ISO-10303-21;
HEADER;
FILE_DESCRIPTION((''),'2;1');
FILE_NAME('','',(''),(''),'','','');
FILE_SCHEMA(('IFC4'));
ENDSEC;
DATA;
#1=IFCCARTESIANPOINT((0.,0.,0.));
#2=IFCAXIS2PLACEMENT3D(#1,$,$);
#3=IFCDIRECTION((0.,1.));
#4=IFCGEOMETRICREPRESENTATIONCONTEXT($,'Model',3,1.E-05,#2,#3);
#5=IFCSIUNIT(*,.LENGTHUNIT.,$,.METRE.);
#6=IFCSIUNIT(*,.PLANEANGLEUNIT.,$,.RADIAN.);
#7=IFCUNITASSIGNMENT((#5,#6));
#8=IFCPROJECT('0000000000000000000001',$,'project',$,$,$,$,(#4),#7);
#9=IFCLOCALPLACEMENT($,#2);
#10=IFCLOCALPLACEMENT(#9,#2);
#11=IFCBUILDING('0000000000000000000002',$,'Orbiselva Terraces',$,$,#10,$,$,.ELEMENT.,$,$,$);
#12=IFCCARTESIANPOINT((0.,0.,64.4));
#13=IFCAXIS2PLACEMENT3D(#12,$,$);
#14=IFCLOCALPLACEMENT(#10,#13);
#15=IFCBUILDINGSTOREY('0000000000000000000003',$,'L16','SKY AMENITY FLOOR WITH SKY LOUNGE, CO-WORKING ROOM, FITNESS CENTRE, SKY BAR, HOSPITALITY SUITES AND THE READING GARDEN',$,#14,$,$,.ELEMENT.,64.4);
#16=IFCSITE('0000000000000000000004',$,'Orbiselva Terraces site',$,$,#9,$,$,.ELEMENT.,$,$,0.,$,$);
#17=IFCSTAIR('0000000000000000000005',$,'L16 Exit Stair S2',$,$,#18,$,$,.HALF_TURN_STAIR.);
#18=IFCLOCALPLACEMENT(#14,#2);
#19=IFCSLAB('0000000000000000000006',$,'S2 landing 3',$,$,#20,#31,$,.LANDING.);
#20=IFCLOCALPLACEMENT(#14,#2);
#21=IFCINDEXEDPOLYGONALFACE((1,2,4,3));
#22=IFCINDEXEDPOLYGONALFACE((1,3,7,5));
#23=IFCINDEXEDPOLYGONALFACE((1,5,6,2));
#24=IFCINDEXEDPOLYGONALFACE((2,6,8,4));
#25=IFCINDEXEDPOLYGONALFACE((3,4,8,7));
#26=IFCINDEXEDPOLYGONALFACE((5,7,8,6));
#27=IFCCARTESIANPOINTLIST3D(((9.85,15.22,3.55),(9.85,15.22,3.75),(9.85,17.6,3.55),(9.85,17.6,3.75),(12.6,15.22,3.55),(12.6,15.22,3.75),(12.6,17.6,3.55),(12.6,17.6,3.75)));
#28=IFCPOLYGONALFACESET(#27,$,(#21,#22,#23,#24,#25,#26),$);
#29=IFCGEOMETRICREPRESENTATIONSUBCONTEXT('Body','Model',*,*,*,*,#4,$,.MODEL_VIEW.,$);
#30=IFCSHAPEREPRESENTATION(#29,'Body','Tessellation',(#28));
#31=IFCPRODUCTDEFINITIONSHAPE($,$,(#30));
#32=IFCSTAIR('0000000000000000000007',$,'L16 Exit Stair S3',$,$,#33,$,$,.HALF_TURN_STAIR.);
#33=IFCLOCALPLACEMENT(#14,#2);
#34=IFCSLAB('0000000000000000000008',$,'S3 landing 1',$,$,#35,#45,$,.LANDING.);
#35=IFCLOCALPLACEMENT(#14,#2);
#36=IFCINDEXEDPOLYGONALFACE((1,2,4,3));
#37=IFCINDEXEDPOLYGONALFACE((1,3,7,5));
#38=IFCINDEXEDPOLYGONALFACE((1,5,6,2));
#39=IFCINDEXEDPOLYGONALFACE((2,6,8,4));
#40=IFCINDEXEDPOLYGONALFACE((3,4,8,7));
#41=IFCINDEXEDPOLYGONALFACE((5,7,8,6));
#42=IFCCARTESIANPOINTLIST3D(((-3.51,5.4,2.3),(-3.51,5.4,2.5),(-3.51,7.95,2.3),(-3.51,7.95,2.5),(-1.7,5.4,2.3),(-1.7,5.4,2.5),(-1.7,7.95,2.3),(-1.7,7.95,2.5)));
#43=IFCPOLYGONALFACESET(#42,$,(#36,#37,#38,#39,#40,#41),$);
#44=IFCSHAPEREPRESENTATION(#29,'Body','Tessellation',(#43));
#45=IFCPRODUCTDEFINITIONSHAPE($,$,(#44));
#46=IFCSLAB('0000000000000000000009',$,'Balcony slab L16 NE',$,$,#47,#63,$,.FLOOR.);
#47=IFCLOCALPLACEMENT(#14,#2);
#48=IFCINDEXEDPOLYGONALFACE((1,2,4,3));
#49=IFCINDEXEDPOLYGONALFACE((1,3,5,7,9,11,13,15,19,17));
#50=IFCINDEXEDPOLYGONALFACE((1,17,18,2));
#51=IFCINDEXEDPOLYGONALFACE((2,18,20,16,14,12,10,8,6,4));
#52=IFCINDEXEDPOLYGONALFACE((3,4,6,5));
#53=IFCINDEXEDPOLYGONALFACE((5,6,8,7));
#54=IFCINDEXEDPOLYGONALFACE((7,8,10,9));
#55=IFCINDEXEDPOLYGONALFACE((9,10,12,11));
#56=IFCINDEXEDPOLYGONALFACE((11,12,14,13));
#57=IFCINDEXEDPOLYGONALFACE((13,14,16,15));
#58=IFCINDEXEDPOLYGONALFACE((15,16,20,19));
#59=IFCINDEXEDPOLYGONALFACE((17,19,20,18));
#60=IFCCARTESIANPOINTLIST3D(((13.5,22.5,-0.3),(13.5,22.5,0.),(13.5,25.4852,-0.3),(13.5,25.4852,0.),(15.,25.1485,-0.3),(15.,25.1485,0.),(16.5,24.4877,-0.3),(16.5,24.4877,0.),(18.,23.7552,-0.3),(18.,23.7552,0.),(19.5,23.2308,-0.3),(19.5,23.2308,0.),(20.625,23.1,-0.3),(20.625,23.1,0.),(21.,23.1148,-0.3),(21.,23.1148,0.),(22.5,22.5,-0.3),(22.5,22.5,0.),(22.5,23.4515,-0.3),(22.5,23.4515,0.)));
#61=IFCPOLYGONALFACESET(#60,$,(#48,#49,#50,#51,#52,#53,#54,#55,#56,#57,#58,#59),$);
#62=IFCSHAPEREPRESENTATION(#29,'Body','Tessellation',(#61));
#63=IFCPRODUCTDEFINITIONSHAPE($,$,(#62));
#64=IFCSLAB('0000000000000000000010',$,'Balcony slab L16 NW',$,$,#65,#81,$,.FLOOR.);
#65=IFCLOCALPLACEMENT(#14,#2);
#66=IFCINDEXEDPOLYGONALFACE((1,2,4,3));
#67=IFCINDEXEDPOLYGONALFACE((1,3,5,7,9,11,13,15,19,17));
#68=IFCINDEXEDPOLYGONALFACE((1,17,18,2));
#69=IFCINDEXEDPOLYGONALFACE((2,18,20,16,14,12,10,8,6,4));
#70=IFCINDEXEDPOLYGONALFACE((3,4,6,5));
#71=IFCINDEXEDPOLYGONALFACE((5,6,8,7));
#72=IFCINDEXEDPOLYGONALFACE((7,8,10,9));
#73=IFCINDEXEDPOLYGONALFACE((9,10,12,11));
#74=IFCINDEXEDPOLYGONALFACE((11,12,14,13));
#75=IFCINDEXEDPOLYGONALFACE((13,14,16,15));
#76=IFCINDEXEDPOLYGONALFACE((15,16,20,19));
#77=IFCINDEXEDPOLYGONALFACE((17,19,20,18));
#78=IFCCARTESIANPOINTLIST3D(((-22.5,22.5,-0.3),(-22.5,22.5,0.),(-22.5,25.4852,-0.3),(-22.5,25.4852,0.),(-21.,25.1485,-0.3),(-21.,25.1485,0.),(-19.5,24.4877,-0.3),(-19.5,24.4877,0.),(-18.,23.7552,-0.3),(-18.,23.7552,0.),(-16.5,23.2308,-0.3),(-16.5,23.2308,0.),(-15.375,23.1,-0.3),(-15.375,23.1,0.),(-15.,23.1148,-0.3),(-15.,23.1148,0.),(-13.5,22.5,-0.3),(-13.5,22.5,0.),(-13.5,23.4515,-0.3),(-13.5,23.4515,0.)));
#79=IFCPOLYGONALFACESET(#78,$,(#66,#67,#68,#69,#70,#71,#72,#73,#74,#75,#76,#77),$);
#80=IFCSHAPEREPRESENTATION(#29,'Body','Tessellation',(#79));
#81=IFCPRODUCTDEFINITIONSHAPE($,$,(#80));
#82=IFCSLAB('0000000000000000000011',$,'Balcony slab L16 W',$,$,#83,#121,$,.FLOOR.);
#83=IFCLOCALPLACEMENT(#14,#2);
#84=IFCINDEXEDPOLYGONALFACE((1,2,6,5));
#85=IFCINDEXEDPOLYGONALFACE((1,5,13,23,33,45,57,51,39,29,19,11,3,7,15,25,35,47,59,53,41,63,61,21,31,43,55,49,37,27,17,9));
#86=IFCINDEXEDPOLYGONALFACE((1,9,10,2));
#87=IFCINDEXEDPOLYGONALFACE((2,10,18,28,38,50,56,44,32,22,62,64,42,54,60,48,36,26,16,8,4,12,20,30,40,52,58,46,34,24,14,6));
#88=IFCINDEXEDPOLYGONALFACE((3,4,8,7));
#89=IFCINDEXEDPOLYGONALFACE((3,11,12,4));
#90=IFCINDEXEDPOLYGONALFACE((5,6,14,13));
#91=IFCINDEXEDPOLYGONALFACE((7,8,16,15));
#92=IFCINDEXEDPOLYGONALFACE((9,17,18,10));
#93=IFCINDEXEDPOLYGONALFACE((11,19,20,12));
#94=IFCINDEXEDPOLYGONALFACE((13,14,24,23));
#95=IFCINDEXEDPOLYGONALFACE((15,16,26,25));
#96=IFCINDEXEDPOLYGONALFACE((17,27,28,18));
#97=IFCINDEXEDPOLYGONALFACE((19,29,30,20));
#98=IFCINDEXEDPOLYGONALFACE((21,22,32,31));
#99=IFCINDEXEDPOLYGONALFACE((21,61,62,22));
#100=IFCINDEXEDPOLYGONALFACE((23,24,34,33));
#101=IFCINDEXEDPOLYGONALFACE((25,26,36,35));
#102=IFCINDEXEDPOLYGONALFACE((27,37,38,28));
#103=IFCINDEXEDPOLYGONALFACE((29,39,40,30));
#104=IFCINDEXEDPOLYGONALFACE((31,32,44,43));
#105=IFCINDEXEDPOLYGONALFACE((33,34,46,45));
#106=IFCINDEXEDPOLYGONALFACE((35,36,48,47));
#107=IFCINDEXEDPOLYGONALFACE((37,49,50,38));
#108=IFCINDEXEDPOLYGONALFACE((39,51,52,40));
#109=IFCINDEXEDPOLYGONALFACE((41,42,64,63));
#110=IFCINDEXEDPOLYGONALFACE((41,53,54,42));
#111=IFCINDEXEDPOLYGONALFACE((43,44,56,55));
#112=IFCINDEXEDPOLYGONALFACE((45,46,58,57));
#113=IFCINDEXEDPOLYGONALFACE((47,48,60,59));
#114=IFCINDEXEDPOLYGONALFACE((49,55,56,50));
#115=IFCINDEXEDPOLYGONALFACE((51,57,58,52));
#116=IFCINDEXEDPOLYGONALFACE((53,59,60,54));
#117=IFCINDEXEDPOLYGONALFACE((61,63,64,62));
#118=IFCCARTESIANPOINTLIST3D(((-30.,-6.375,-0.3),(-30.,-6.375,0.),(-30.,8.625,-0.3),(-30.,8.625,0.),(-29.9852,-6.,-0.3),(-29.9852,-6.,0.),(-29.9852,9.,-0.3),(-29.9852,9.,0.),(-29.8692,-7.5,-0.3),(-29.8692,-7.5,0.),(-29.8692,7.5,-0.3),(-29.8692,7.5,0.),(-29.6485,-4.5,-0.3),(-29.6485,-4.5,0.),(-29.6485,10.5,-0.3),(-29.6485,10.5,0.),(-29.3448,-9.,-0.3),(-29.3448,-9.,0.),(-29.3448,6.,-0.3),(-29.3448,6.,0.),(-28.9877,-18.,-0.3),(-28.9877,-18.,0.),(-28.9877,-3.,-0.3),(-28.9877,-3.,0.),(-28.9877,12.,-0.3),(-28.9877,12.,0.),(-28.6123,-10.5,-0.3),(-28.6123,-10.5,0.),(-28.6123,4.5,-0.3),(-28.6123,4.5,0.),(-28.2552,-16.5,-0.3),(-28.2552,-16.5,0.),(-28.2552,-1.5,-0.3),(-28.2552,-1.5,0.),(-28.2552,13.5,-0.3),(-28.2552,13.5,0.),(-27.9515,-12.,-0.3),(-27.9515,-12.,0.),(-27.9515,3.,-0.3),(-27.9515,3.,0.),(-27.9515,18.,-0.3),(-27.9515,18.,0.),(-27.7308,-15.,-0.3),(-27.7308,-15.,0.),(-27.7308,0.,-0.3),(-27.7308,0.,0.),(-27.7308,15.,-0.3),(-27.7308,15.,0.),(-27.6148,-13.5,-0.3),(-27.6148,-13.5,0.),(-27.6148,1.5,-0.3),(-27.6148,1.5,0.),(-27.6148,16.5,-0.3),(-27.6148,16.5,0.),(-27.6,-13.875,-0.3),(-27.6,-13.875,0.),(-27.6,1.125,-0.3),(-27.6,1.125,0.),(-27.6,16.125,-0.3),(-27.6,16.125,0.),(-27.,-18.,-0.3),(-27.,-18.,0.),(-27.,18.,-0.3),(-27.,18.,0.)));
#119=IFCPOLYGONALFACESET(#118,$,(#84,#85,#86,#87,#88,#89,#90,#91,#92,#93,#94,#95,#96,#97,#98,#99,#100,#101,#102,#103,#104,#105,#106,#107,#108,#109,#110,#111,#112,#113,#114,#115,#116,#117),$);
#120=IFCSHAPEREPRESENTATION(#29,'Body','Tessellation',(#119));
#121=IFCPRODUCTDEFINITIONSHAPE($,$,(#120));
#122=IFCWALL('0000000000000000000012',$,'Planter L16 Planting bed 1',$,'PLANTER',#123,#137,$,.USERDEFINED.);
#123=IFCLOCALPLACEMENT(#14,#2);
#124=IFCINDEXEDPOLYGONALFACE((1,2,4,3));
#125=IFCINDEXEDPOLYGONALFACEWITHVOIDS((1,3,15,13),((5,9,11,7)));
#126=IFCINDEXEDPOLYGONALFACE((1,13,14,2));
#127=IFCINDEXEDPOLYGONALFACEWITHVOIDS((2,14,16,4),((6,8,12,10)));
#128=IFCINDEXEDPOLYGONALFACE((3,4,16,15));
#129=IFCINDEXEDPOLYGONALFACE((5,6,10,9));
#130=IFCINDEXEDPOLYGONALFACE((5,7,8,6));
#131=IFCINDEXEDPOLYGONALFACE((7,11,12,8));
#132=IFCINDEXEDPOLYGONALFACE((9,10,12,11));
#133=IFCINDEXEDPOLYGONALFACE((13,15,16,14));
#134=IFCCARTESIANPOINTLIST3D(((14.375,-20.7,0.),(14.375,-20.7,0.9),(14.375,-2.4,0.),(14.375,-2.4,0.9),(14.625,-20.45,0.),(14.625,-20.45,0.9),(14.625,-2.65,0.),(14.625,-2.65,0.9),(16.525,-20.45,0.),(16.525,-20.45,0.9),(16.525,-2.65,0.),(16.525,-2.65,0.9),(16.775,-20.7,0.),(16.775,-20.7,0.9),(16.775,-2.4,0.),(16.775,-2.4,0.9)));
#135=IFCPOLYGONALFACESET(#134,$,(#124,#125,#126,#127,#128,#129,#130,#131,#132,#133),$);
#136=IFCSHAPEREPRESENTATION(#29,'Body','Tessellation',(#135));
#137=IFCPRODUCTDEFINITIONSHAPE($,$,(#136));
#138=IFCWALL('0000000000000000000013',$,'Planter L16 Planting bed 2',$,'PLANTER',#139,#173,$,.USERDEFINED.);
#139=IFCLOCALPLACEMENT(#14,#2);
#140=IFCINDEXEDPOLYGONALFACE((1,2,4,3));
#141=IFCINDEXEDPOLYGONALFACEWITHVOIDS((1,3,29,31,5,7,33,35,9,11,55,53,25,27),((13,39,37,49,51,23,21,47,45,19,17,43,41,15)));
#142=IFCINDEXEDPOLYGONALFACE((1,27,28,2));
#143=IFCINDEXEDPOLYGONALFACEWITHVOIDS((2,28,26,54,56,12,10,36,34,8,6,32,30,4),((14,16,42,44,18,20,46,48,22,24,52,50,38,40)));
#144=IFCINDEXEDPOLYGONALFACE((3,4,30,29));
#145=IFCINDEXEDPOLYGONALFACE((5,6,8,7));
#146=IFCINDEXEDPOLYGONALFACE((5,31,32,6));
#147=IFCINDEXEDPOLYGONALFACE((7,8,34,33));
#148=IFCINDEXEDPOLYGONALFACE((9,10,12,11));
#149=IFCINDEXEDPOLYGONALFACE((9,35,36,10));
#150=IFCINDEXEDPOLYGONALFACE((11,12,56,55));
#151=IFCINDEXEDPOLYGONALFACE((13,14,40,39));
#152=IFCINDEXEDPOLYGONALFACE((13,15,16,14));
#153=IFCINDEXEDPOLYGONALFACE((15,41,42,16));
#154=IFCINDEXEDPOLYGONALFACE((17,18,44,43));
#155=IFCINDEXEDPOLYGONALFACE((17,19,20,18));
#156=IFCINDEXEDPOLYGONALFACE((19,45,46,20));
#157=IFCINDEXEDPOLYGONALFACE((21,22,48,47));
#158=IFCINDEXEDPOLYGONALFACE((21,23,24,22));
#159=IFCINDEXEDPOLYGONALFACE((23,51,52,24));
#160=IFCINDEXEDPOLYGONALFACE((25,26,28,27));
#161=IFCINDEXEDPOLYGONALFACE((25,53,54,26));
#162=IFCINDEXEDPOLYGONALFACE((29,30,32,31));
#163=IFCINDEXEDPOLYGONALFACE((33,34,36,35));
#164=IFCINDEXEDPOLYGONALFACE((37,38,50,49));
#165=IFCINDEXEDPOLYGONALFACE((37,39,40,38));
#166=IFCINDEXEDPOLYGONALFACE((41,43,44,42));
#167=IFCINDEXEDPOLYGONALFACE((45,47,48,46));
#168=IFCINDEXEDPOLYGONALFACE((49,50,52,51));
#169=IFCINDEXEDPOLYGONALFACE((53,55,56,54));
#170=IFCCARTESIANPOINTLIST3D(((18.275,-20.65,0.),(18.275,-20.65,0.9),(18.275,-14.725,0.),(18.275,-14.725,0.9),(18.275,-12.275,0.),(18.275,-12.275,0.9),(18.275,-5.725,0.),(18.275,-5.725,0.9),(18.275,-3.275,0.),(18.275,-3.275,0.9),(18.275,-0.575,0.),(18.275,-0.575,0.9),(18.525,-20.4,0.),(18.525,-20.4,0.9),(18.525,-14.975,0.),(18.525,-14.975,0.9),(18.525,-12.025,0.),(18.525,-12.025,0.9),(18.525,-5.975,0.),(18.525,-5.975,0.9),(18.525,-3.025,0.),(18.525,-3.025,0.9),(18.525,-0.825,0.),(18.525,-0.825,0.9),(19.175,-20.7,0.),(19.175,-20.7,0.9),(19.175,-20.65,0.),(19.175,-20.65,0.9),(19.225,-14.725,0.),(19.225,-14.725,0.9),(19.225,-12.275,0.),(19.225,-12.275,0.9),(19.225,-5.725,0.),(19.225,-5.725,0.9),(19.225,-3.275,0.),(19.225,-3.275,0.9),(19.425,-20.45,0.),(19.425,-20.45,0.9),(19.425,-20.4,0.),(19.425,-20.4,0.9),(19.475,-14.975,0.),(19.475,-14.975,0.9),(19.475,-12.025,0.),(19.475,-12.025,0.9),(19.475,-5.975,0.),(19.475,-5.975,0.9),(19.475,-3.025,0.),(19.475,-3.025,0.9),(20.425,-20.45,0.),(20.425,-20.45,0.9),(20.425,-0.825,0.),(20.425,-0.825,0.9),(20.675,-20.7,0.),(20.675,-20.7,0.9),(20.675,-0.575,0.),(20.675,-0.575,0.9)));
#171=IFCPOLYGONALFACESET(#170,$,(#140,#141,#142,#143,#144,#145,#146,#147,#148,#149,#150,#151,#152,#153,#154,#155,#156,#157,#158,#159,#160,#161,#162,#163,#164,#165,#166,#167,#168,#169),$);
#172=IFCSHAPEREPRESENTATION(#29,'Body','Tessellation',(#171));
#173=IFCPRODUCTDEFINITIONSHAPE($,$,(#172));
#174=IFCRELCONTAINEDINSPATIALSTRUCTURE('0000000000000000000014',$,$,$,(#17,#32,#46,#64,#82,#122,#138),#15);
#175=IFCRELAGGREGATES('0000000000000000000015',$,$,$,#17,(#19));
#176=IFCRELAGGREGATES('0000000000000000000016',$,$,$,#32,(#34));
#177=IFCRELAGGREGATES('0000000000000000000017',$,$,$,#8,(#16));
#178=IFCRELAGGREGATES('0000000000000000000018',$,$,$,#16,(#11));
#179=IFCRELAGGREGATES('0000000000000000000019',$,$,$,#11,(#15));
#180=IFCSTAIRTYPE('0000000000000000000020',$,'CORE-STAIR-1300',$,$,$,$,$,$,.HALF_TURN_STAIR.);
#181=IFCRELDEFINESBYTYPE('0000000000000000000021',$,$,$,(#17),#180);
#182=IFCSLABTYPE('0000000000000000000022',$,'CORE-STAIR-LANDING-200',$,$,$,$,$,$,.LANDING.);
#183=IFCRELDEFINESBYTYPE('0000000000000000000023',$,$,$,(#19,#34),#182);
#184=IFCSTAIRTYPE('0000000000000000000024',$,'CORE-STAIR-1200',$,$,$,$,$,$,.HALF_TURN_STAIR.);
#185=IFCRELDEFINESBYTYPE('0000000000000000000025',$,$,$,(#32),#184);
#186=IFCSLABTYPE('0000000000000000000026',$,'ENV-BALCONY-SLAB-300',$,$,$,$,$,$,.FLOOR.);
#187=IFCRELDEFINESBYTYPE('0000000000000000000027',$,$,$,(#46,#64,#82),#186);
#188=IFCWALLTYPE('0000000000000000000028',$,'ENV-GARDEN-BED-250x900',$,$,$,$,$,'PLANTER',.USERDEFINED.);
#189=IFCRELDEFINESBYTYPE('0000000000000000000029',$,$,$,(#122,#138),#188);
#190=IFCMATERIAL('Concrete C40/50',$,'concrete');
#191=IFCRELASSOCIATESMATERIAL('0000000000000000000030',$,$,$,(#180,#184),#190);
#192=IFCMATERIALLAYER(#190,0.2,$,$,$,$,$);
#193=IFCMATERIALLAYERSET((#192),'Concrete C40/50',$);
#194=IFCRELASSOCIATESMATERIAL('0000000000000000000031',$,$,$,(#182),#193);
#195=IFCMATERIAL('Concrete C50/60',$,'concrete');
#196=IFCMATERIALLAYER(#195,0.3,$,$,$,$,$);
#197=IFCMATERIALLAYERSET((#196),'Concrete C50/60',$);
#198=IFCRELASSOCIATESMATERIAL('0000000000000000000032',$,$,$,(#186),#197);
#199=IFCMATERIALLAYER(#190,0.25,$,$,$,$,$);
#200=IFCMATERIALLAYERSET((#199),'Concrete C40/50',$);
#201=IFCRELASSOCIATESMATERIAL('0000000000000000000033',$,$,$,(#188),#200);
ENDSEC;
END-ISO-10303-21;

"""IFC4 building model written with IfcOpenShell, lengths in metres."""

from ifc_helpers import new_model, si_unit, direction, frame, origin, place, context, subcontext, project, spatial, polyline, outline, extrude, material, layer, layer_set, type_object, element, aggregate, save


model = new_model("IFC4")

# Units and contexts
model_context = context("Model", 3, precision=1e-05, world=origin(), true_north=direction((0.0, 1.0)))
body_context = subcontext(model_context, "Body", "Model", "MODEL_VIEW")
ifc_project = project(units=[si_unit("LENGTHUNIT", "METRE"), si_unit("PLANEANGLEUNIT", "RADIAN")], contexts=[model_context])

# Site, building, storey
site_placement = place(None, origin())
site = spatial("IfcSite", under=ifc_project, at=site_placement, Name="Orbiselva Terraces site", CompositionType="ELEMENT", RefElevation=0.0)
building_placement = place(site_placement, origin())
building = spatial("IfcBuilding", under=site, at=building_placement, Name="Orbiselva Terraces", CompositionType="ELEMENT")
storey_placement = place(building_placement, frame((0.0, 0.0, 64.4)))
storey = spatial("IfcBuildingStorey", under=building, at=storey_placement, Name="L16", Description="SKY AMENITY FLOOR WITH SKY LOUNGE, CO-WORKING ROOM, FITNESS CENTRE, SKY BAR, HOSPITALITY SUITES AND THE READING GARDEN", CompositionType="ELEMENT", Elevation=64.4)

# Shared definitions
ifc_material_1 = material(Name="Concrete C40/50", Category="concrete")

# Stair, slab
stair_type_1 = type_object("IfcStairType", Name="CORE-STAIR-1300", PredefinedType="HALF_TURN_STAIR", material=ifc_material_1)
ifc_layer_1 = layer(ifc_material_1, 0.2)
ifc_layer_set_1 = layer_set([ifc_layer_1], Name="Concrete C40/50")
slab_type_1 = type_object("IfcSlabType", Name="CORE-STAIR-LANDING-200", PredefinedType="LANDING", material=ifc_layer_set_1)
stair_1_placement = place(storey_placement, origin())
stair_1 = element("IfcStair", 1, at=stair_1_placement, inside=storey, type_object=stair_type_1, Name="L16 Exit Stair S2", PredefinedType="HALF_TURN_STAIR")
slab_1_placement = place(storey_placement, frame((0.0, 0.0, 3.55)))
slab_1 = element("IfcSlab", 2, at=slab_1_placement, type_object=slab_type_1, Name="S2 landing 3", PredefinedType="LANDING", context=body_context, shape_type="SweptSolid", body=[
    extrude(outline(polyline([(12.6, 15.22), (12.6, 17.6), (9.85, 17.6), (9.85, 15.22), (12.6, 15.22)])), origin(), (0.0, 0.0, 1.0), 0.2),
])
aggregate(stair_1, [slab_1])

# Stair, slab
stair_type_2 = type_object("IfcStairType", Name="CORE-STAIR-1200", PredefinedType="HALF_TURN_STAIR", material=ifc_material_1)
stair_2_placement = place(storey_placement, origin())
stair_2 = element("IfcStair", 3, at=stair_2_placement, inside=storey, type_object=stair_type_2, Name="L16 Exit Stair S3", PredefinedType="HALF_TURN_STAIR")
slab_2_placement = place(storey_placement, frame((0.0, 0.0, 2.3)))
slab_2 = element("IfcSlab", 4, at=slab_2_placement, type_object=slab_type_1, Name="S3 landing 1", PredefinedType="LANDING", context=body_context, shape_type="SweptSolid", body=[
    extrude(outline(polyline([(-3.51, 5.4), (-1.7, 5.4), (-1.7, 7.95), (-3.51, 7.95), (-3.51, 5.4)])), origin(), (0.0, 0.0, 1.0), 0.2),
])
aggregate(stair_2, [slab_2])

# Slabs
ifc_material_2 = material(Name="Concrete C50/60", Category="concrete")
ifc_layer_2 = layer(ifc_material_2, 0.3)
ifc_layer_set_2 = layer_set([ifc_layer_2], Name="Concrete C50/60")
slab_type_2 = type_object("IfcSlabType", Name="ENV-BALCONY-SLAB-300", PredefinedType="FLOOR", material=ifc_layer_set_2)
slab_3_placement = place(storey_placement, frame((0.0, 0.0, -0.3)))
element("IfcSlab", 5, at=slab_3_placement, inside=storey, type_object=slab_type_2, Name="Balcony slab L16 NE", PredefinedType="FLOOR", context=body_context, shape_type="SweptSolid", body=[
    extrude(outline(polyline([(22.5, 23.4515), (21.0, 23.1148), (20.625, 23.1), (19.5, 23.2308), (18.0, 23.7552), (16.5, 24.4877), (15.0, 25.1485), (13.5, 25.4852), (13.5, 22.5), (22.5, 22.5), (22.5, 23.4515)])), origin(), (0.0, 0.0, 1.0), 0.3),
])
slab_4_placement = place(storey_placement, frame((0.0, 0.0, -0.3)))
element("IfcSlab", 6, at=slab_4_placement, inside=storey, type_object=slab_type_2, Name="Balcony slab L16 NW", PredefinedType="FLOOR", context=body_context, shape_type="SweptSolid", body=[
    extrude(outline(polyline([(-13.5, 23.4515), (-15.0, 23.1148), (-15.375, 23.1), (-16.5, 23.2308), (-18.0, 23.7552), (-19.5, 24.4877), (-21.0, 25.1485), (-22.5, 25.4852), (-22.5, 22.5), (-13.5, 22.5), (-13.5, 23.4515)])), origin(), (0.0, 0.0, 1.0), 0.3),
])
slab_5_placement = place(storey_placement, frame((0.0, 0.0, -0.3)))
element("IfcSlab", 7, at=slab_5_placement, inside=storey, type_object=slab_type_2, Name="Balcony slab L16 W", PredefinedType="FLOOR", context=body_context, shape_type="SweptSolid", body=[
    extrude(outline(polyline([(-27.9515, 18.0), (-27.6148, 16.5), (-27.6, 16.125), (-27.7308, 15.0), (-28.2552, 13.5), (-28.9877, 12.0), (-29.6485, 10.5), (-29.9852, 9.0), (-30.0, 8.625), (-29.8692, 7.5), (-29.3448, 6.0), (-28.6123, 4.5), (-27.9515, 3.0), (-27.6148, 1.5), (-27.6, 1.125), (-27.7308, 0.0), (-28.2552, -1.5), (-28.9877, -3.0), (-29.6485, -4.5), (-29.9852, -6.0), (-30.0, -6.375), (-29.8692, -7.5), (-29.3448, -9.0), (-28.6123, -10.5), (-27.9515, -12.0), (-27.6148, -13.5), (-27.6, -13.875), (-27.7308, -15.0), (-28.2552, -16.5), (-28.9877, -18.0), (-27.0, -18.0), (-27.0, 18.0), (-27.9515, 18.0)])), origin(), (0.0, 0.0, 1.0), 0.3),
])

# Walls
ifc_layer_3 = layer(ifc_material_1, 0.25)
ifc_layer_set_3 = layer_set([ifc_layer_3], Name="Concrete C40/50")
wall_type_1 = type_object("IfcWallType", Name="ENV-GARDEN-BED-250x900", ElementType="PLANTER", PredefinedType="USERDEFINED", material=ifc_layer_set_3)
wall_1_placement = place(storey_placement, origin())
element("IfcWall", 8, at=wall_1_placement, inside=storey, type_object=wall_type_1, Name="Planter L16 Planting bed 1", ObjectType="PLANTER", PredefinedType="USERDEFINED", context=body_context, shape_type="SweptSolid", body=[
    extrude(outline(polyline([(16.775, -20.7), (16.775, -2.4), (14.375, -2.4), (14.375, -20.7), (16.775, -20.7)]), holes=[polyline([(14.625, -20.45), (14.625, -2.65), (16.525, -2.65), (16.525, -20.45), (14.625, -20.45)])]), origin(), (0.0, 0.0, 1.0), 0.9),
])
wall_2_placement = place(storey_placement, origin())
element("IfcWall", 9, at=wall_2_placement, inside=storey, type_object=wall_type_1, Name="Planter L16 Planting bed 2", ObjectType="PLANTER", PredefinedType="USERDEFINED", context=body_context, shape_type="SweptSolid", body=[
    extrude(outline(polyline([(20.675, -20.7), (20.675, -0.575), (18.275, -0.575), (18.275, -3.275), (19.225, -3.275), (19.225, -5.725), (18.275, -5.725), (18.275, -12.275), (19.225, -12.275), (19.225, -14.725), (18.275, -14.725), (18.275, -20.65), (19.175, -20.65), (19.175, -20.7), (20.675, -20.7)]), holes=[polyline([(19.425, -20.45), (19.425, -20.4), (18.525, -20.4), (18.525, -14.975), (19.475, -14.975), (19.475, -12.025), (18.525, -12.025), (18.525, -5.975), (19.475, -5.975), (19.475, -3.025), (18.525, -3.025), (18.525, -0.825), (20.425, -0.825), (20.425, -20.45), (19.425, -20.45)])]), origin(), (0.0, 0.0, 1.0), 0.9),
])

save(model, "model.ifc")
